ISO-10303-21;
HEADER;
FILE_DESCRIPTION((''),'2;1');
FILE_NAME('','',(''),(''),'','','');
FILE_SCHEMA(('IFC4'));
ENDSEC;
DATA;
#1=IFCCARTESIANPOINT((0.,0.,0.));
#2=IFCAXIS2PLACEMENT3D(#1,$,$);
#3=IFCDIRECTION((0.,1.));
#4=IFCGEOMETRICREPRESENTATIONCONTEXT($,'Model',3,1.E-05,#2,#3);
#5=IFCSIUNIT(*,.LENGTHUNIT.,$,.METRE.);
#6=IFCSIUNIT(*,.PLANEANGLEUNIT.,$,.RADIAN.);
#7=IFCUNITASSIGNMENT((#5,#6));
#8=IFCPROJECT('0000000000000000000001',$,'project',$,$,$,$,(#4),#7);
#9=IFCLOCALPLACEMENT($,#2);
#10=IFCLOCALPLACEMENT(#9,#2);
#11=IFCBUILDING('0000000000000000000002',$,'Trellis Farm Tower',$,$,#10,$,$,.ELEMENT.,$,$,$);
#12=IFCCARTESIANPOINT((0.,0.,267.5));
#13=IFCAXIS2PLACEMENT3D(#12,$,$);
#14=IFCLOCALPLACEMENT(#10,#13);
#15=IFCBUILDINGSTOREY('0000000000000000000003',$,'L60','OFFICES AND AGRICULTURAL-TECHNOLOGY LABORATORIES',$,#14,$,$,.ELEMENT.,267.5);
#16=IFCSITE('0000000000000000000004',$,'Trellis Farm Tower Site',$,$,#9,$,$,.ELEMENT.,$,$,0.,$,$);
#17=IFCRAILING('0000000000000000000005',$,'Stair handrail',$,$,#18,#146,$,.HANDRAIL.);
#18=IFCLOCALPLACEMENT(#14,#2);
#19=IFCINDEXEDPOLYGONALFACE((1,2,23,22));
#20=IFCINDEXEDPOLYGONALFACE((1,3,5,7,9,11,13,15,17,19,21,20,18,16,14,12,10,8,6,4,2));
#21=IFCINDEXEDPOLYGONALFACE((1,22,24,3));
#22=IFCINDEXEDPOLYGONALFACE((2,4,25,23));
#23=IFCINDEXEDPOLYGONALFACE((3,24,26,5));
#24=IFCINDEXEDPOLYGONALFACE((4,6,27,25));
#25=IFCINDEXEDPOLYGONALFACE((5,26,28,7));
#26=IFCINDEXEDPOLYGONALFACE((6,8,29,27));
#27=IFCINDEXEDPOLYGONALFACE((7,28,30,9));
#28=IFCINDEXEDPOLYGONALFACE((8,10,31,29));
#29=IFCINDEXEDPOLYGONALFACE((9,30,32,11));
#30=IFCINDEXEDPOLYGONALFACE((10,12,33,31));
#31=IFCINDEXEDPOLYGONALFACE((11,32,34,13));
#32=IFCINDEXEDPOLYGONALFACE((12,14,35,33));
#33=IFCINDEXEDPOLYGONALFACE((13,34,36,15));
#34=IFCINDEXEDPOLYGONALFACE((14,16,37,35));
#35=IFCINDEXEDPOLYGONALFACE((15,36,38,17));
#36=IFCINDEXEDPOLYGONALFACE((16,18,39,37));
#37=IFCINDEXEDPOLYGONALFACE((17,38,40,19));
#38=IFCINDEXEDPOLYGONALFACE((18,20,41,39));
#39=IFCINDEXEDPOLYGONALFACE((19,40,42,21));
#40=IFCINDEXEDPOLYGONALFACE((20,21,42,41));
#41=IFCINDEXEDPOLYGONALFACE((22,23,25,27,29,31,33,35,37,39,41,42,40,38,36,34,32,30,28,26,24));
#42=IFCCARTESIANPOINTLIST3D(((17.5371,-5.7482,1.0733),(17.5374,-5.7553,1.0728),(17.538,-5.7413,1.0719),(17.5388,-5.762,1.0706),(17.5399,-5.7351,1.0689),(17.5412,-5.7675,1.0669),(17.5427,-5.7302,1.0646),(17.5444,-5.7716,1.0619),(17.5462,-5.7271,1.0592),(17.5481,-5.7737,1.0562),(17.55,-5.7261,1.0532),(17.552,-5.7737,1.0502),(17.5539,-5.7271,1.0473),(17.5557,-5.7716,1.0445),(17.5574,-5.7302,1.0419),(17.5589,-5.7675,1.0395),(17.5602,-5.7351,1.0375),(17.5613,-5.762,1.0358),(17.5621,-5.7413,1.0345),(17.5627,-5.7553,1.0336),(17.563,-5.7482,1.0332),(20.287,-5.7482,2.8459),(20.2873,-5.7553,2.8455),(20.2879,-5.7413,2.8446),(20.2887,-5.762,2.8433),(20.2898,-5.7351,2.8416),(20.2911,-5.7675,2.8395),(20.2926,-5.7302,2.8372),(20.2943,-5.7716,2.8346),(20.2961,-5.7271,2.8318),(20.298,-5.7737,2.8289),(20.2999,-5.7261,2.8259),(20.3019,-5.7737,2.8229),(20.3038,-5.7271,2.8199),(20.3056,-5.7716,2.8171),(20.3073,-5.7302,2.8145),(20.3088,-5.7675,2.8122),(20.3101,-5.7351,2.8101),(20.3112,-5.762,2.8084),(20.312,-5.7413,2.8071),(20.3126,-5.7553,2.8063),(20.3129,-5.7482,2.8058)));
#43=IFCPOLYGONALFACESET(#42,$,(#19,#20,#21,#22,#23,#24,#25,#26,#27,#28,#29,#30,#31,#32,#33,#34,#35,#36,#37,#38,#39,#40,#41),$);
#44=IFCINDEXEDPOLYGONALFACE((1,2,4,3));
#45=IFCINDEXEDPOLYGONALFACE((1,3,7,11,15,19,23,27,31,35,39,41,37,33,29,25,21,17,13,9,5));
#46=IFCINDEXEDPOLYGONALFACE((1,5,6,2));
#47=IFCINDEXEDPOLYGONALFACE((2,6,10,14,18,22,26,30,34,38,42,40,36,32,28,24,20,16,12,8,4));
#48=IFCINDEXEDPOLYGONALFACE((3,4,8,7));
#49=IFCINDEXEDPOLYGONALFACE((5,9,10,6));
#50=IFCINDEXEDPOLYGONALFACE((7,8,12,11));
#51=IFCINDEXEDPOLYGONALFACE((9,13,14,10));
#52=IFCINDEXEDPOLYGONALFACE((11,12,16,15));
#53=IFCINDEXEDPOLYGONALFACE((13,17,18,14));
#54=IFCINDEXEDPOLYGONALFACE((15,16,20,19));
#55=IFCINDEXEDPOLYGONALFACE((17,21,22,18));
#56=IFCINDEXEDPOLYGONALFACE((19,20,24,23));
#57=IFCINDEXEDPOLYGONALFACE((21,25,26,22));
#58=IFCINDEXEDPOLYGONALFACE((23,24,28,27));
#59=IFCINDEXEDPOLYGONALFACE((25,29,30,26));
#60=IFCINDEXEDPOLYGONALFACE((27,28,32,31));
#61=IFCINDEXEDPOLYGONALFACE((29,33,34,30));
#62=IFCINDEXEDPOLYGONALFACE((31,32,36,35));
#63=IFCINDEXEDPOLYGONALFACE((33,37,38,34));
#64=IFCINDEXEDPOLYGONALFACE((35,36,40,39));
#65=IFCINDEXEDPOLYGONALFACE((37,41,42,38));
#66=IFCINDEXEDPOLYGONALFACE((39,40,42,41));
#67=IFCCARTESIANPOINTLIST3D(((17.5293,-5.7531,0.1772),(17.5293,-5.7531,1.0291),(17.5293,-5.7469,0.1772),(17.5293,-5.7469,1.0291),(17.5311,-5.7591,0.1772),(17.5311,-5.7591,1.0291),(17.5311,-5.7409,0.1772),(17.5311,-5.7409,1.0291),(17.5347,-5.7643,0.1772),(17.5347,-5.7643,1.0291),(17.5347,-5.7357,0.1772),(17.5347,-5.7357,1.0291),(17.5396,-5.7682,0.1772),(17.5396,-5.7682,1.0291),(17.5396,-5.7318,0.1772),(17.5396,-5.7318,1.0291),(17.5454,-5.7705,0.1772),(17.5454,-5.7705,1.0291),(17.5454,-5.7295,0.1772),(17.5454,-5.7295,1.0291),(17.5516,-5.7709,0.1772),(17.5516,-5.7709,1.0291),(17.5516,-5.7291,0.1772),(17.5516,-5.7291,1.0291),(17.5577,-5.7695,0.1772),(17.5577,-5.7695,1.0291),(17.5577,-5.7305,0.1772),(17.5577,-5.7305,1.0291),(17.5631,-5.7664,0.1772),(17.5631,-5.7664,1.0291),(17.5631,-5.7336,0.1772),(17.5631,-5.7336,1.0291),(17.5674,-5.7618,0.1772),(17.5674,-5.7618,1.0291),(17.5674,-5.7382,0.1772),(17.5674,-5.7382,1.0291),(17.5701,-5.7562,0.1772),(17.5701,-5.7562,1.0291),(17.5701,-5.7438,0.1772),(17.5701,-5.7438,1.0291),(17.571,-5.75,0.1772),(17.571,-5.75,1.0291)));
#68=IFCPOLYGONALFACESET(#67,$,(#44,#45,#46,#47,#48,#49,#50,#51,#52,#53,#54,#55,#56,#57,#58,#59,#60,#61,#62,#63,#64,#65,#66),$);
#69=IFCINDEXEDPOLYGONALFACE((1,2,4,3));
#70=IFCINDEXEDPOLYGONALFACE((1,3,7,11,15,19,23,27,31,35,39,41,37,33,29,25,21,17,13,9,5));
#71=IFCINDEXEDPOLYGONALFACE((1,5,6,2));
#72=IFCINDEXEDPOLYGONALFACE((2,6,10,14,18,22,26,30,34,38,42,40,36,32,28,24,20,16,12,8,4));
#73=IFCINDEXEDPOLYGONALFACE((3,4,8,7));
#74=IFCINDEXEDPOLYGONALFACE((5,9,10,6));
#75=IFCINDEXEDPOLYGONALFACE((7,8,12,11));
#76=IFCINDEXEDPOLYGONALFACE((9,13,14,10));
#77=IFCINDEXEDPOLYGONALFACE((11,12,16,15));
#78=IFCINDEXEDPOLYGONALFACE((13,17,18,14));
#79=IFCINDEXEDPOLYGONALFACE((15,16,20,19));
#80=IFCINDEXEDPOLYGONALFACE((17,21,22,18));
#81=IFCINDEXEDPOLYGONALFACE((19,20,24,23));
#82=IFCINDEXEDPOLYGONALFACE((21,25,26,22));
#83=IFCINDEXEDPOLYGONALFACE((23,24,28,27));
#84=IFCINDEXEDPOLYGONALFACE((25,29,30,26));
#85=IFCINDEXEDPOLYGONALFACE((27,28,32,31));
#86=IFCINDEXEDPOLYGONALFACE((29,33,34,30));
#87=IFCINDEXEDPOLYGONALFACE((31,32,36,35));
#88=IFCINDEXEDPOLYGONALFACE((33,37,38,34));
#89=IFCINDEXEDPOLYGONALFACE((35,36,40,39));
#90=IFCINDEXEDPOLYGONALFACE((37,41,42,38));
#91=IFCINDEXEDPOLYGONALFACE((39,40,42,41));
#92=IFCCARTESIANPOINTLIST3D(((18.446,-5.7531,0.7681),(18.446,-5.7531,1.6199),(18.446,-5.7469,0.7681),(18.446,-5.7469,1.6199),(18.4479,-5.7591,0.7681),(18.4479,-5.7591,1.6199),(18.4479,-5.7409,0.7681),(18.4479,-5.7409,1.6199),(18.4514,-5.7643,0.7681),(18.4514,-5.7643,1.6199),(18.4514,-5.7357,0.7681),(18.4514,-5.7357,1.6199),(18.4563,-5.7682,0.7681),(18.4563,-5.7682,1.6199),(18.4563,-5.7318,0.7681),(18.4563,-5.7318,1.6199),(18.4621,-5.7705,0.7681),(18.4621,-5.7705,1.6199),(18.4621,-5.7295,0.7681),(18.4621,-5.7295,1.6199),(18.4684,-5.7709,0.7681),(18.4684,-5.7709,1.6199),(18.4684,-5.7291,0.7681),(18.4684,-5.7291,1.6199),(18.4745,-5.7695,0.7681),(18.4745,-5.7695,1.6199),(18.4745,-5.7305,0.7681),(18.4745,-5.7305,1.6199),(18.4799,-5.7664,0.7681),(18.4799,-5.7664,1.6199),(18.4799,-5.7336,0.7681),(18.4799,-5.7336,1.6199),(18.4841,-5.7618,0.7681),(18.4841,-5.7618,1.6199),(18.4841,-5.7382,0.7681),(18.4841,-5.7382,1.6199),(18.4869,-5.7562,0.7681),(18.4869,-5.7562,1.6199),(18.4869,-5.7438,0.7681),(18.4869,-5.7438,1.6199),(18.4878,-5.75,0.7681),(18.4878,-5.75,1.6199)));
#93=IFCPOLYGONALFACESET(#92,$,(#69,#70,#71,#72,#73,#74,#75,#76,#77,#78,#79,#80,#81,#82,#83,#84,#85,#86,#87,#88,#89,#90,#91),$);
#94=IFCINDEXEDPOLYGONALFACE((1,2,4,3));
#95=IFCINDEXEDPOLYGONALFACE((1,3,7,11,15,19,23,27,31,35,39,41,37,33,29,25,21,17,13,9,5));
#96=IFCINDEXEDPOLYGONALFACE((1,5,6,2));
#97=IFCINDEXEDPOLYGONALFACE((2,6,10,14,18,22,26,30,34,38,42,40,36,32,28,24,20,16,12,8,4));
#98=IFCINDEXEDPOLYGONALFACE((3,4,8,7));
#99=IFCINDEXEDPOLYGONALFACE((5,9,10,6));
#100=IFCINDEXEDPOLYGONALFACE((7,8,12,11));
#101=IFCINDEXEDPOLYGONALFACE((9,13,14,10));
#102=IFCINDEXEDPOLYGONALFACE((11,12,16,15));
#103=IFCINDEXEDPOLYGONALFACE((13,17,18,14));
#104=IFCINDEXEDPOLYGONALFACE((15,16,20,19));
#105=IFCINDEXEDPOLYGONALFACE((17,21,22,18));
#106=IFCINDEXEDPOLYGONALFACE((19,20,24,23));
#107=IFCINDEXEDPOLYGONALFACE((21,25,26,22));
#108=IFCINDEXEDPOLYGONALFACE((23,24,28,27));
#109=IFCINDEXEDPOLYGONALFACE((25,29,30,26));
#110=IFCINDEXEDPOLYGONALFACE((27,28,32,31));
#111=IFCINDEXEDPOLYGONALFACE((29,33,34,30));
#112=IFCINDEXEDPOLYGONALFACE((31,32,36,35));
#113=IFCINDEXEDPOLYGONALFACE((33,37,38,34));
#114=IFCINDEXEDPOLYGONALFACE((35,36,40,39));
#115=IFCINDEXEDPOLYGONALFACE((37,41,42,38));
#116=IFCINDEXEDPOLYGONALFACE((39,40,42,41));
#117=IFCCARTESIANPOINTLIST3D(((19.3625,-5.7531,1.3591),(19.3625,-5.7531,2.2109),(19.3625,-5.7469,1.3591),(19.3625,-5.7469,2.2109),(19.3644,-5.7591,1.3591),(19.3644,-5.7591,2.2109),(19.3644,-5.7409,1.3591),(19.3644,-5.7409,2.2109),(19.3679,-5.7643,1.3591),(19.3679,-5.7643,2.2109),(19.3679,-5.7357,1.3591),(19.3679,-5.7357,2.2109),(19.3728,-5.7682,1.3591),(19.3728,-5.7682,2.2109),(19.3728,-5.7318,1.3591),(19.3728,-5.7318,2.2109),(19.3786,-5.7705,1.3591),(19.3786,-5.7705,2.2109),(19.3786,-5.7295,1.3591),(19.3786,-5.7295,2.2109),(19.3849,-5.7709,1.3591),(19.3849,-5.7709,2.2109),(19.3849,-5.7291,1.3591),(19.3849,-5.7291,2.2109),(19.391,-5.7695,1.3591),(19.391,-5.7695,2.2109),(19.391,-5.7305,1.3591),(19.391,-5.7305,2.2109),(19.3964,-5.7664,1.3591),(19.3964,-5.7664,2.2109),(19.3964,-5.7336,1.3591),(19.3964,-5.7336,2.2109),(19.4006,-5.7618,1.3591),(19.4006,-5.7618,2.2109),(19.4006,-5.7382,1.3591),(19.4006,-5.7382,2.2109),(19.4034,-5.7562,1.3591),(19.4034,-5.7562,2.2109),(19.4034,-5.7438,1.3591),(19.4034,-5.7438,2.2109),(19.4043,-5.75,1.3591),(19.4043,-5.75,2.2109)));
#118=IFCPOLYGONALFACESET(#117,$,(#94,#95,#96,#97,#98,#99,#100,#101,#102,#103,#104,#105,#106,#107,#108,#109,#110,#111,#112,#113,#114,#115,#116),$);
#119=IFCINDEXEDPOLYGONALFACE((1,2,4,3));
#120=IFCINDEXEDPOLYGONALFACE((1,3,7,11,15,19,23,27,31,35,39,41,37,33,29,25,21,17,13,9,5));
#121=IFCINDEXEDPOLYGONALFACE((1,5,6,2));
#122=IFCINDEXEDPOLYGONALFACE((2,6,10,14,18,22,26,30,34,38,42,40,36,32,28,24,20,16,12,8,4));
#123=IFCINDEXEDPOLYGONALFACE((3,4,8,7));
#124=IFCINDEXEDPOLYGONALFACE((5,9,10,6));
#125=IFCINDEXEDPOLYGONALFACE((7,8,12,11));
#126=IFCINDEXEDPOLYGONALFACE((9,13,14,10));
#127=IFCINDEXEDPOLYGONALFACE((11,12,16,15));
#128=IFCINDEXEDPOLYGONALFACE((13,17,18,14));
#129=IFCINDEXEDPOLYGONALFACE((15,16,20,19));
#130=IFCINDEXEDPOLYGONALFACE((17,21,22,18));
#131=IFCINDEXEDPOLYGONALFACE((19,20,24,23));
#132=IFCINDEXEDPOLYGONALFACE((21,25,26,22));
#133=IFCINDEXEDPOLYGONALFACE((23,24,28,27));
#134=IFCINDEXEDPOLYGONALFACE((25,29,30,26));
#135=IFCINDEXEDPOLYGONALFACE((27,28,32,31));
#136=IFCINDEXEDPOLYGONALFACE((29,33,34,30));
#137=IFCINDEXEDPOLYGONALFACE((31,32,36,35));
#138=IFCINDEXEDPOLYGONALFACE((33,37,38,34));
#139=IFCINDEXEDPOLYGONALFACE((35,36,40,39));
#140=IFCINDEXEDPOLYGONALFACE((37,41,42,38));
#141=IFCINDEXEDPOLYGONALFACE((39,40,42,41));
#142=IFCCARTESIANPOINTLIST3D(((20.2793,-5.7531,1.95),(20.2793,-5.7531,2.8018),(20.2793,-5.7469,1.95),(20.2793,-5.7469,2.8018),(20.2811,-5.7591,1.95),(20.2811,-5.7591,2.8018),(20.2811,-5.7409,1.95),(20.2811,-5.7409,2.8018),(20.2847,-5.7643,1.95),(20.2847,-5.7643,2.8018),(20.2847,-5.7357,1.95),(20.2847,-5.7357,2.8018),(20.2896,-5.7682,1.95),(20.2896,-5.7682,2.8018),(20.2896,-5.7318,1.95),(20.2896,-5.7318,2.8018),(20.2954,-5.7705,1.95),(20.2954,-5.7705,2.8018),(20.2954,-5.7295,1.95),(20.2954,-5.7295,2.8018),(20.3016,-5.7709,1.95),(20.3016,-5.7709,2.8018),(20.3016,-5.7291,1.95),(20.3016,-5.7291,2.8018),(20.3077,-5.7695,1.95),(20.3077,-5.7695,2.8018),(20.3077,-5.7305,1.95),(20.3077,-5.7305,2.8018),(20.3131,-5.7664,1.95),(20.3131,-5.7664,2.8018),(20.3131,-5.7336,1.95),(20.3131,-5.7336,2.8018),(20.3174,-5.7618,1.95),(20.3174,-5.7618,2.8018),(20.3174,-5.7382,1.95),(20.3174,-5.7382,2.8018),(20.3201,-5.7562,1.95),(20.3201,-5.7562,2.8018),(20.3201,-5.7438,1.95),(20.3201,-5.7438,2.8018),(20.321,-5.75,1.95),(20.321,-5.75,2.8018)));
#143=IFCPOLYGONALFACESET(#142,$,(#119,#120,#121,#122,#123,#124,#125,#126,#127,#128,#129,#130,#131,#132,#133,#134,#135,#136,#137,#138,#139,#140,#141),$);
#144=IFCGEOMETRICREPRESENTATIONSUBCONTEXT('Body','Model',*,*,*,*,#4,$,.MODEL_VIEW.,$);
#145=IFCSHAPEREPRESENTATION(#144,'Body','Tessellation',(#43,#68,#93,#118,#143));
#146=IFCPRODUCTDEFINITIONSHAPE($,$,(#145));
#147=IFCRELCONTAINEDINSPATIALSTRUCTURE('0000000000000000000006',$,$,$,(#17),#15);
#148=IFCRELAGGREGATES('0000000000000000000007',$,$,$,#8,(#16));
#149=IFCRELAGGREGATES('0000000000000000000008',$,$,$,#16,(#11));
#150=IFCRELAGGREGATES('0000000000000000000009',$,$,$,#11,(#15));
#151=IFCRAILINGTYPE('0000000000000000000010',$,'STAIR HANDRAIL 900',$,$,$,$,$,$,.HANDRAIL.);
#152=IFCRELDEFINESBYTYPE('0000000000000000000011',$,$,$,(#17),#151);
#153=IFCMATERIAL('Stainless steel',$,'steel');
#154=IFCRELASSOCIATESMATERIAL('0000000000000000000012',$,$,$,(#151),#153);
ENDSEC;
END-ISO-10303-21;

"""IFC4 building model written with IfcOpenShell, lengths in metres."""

from ifc_helpers import new_model, si_unit, direction, frame, origin, origin_2d, place, context, subcontext, project, spatial, circle, extrude, source, transform, mapped, material, type_object, element, save


model = new_model("IFC4")

# Units and contexts
model_context = context("Model", 3, precision=1e-05, world=origin(), true_north=direction((0.0, 1.0)))
body_context = subcontext(model_context, "Body", "Model", "MODEL_VIEW")
ifc_project = project(units=[si_unit("LENGTHUNIT", "METRE"), si_unit("PLANEANGLEUNIT", "RADIAN")], contexts=[model_context])

# Site, building, storey
site_placement = place(None, origin())
site = spatial("IfcSite", under=ifc_project, at=site_placement, Name="Trellis Farm Tower Site", CompositionType="ELEMENT", RefElevation=0.0)
building_placement = place(site_placement, origin())
building = spatial("IfcBuilding", under=site, at=building_placement, Name="Trellis Farm Tower", CompositionType="ELEMENT")
storey_placement = place(building_placement, frame((0.0, 0.0, 267.5)))
storey = spatial("IfcBuildingStorey", under=building, at=storey_placement, Name="L60", Description="OFFICES AND AGRICULTURAL-TECHNOLOGY LABORATORIES", CompositionType="ELEMENT", Elevation=267.5)

# Railing
ifc_material_1 = material(Name="Stainless steel", Category="steel")
railing_type = type_object("IfcRailingType", Name="STAIR HANDRAIL 900", PredefinedType="HANDRAIL", material=ifc_material_1)
shared_shape_1 = source(origin(), body_context, "Body", "SweptSolid", [
    extrude(circle(Radius=0.0239, at=origin_2d()), frame((0.0, 0.0, 0.876), z_axis=(0.840504, 0.0, 0.541806), x_axis=(0.0, 1.0, 0.0)), (0.0, 0.0, 1.0), 3.2717),
    extrude(circle(Radius=0.021, at=origin_2d()), origin(), (0.0, 0.0, 1.0), 0.8518),
    extrude(circle(Radius=0.021, at=origin_2d()), frame((0.9167, 0.0, 0.5908)), (0.0, 0.0, 1.0), 0.8518),
    extrude(circle(Radius=0.021, at=origin_2d()), frame((1.8333, 0.0, 1.1819)), (0.0, 0.0, 1.0), 0.8518),
    extrude(circle(Radius=0.021, at=origin_2d()), frame((2.75, 0.0, 1.7727)), (0.0, 0.0, 1.0), 0.8518),
])
for number, where, name in (
    (1, (17.55, -5.75, 0.1772), "Stair handrail"),
):
    element("IfcRailing", number, at=place(storey_placement, frame(where)), inside=storey, type_object=railing_type, Name=name, PredefinedType="HANDRAIL", context=body_context, shape_type="MappedRepresentation", body=[
        mapped(shared_shape_1, transform((0.0, 0.0, 0.0))),
    ])

save(model, "model.ifc")
